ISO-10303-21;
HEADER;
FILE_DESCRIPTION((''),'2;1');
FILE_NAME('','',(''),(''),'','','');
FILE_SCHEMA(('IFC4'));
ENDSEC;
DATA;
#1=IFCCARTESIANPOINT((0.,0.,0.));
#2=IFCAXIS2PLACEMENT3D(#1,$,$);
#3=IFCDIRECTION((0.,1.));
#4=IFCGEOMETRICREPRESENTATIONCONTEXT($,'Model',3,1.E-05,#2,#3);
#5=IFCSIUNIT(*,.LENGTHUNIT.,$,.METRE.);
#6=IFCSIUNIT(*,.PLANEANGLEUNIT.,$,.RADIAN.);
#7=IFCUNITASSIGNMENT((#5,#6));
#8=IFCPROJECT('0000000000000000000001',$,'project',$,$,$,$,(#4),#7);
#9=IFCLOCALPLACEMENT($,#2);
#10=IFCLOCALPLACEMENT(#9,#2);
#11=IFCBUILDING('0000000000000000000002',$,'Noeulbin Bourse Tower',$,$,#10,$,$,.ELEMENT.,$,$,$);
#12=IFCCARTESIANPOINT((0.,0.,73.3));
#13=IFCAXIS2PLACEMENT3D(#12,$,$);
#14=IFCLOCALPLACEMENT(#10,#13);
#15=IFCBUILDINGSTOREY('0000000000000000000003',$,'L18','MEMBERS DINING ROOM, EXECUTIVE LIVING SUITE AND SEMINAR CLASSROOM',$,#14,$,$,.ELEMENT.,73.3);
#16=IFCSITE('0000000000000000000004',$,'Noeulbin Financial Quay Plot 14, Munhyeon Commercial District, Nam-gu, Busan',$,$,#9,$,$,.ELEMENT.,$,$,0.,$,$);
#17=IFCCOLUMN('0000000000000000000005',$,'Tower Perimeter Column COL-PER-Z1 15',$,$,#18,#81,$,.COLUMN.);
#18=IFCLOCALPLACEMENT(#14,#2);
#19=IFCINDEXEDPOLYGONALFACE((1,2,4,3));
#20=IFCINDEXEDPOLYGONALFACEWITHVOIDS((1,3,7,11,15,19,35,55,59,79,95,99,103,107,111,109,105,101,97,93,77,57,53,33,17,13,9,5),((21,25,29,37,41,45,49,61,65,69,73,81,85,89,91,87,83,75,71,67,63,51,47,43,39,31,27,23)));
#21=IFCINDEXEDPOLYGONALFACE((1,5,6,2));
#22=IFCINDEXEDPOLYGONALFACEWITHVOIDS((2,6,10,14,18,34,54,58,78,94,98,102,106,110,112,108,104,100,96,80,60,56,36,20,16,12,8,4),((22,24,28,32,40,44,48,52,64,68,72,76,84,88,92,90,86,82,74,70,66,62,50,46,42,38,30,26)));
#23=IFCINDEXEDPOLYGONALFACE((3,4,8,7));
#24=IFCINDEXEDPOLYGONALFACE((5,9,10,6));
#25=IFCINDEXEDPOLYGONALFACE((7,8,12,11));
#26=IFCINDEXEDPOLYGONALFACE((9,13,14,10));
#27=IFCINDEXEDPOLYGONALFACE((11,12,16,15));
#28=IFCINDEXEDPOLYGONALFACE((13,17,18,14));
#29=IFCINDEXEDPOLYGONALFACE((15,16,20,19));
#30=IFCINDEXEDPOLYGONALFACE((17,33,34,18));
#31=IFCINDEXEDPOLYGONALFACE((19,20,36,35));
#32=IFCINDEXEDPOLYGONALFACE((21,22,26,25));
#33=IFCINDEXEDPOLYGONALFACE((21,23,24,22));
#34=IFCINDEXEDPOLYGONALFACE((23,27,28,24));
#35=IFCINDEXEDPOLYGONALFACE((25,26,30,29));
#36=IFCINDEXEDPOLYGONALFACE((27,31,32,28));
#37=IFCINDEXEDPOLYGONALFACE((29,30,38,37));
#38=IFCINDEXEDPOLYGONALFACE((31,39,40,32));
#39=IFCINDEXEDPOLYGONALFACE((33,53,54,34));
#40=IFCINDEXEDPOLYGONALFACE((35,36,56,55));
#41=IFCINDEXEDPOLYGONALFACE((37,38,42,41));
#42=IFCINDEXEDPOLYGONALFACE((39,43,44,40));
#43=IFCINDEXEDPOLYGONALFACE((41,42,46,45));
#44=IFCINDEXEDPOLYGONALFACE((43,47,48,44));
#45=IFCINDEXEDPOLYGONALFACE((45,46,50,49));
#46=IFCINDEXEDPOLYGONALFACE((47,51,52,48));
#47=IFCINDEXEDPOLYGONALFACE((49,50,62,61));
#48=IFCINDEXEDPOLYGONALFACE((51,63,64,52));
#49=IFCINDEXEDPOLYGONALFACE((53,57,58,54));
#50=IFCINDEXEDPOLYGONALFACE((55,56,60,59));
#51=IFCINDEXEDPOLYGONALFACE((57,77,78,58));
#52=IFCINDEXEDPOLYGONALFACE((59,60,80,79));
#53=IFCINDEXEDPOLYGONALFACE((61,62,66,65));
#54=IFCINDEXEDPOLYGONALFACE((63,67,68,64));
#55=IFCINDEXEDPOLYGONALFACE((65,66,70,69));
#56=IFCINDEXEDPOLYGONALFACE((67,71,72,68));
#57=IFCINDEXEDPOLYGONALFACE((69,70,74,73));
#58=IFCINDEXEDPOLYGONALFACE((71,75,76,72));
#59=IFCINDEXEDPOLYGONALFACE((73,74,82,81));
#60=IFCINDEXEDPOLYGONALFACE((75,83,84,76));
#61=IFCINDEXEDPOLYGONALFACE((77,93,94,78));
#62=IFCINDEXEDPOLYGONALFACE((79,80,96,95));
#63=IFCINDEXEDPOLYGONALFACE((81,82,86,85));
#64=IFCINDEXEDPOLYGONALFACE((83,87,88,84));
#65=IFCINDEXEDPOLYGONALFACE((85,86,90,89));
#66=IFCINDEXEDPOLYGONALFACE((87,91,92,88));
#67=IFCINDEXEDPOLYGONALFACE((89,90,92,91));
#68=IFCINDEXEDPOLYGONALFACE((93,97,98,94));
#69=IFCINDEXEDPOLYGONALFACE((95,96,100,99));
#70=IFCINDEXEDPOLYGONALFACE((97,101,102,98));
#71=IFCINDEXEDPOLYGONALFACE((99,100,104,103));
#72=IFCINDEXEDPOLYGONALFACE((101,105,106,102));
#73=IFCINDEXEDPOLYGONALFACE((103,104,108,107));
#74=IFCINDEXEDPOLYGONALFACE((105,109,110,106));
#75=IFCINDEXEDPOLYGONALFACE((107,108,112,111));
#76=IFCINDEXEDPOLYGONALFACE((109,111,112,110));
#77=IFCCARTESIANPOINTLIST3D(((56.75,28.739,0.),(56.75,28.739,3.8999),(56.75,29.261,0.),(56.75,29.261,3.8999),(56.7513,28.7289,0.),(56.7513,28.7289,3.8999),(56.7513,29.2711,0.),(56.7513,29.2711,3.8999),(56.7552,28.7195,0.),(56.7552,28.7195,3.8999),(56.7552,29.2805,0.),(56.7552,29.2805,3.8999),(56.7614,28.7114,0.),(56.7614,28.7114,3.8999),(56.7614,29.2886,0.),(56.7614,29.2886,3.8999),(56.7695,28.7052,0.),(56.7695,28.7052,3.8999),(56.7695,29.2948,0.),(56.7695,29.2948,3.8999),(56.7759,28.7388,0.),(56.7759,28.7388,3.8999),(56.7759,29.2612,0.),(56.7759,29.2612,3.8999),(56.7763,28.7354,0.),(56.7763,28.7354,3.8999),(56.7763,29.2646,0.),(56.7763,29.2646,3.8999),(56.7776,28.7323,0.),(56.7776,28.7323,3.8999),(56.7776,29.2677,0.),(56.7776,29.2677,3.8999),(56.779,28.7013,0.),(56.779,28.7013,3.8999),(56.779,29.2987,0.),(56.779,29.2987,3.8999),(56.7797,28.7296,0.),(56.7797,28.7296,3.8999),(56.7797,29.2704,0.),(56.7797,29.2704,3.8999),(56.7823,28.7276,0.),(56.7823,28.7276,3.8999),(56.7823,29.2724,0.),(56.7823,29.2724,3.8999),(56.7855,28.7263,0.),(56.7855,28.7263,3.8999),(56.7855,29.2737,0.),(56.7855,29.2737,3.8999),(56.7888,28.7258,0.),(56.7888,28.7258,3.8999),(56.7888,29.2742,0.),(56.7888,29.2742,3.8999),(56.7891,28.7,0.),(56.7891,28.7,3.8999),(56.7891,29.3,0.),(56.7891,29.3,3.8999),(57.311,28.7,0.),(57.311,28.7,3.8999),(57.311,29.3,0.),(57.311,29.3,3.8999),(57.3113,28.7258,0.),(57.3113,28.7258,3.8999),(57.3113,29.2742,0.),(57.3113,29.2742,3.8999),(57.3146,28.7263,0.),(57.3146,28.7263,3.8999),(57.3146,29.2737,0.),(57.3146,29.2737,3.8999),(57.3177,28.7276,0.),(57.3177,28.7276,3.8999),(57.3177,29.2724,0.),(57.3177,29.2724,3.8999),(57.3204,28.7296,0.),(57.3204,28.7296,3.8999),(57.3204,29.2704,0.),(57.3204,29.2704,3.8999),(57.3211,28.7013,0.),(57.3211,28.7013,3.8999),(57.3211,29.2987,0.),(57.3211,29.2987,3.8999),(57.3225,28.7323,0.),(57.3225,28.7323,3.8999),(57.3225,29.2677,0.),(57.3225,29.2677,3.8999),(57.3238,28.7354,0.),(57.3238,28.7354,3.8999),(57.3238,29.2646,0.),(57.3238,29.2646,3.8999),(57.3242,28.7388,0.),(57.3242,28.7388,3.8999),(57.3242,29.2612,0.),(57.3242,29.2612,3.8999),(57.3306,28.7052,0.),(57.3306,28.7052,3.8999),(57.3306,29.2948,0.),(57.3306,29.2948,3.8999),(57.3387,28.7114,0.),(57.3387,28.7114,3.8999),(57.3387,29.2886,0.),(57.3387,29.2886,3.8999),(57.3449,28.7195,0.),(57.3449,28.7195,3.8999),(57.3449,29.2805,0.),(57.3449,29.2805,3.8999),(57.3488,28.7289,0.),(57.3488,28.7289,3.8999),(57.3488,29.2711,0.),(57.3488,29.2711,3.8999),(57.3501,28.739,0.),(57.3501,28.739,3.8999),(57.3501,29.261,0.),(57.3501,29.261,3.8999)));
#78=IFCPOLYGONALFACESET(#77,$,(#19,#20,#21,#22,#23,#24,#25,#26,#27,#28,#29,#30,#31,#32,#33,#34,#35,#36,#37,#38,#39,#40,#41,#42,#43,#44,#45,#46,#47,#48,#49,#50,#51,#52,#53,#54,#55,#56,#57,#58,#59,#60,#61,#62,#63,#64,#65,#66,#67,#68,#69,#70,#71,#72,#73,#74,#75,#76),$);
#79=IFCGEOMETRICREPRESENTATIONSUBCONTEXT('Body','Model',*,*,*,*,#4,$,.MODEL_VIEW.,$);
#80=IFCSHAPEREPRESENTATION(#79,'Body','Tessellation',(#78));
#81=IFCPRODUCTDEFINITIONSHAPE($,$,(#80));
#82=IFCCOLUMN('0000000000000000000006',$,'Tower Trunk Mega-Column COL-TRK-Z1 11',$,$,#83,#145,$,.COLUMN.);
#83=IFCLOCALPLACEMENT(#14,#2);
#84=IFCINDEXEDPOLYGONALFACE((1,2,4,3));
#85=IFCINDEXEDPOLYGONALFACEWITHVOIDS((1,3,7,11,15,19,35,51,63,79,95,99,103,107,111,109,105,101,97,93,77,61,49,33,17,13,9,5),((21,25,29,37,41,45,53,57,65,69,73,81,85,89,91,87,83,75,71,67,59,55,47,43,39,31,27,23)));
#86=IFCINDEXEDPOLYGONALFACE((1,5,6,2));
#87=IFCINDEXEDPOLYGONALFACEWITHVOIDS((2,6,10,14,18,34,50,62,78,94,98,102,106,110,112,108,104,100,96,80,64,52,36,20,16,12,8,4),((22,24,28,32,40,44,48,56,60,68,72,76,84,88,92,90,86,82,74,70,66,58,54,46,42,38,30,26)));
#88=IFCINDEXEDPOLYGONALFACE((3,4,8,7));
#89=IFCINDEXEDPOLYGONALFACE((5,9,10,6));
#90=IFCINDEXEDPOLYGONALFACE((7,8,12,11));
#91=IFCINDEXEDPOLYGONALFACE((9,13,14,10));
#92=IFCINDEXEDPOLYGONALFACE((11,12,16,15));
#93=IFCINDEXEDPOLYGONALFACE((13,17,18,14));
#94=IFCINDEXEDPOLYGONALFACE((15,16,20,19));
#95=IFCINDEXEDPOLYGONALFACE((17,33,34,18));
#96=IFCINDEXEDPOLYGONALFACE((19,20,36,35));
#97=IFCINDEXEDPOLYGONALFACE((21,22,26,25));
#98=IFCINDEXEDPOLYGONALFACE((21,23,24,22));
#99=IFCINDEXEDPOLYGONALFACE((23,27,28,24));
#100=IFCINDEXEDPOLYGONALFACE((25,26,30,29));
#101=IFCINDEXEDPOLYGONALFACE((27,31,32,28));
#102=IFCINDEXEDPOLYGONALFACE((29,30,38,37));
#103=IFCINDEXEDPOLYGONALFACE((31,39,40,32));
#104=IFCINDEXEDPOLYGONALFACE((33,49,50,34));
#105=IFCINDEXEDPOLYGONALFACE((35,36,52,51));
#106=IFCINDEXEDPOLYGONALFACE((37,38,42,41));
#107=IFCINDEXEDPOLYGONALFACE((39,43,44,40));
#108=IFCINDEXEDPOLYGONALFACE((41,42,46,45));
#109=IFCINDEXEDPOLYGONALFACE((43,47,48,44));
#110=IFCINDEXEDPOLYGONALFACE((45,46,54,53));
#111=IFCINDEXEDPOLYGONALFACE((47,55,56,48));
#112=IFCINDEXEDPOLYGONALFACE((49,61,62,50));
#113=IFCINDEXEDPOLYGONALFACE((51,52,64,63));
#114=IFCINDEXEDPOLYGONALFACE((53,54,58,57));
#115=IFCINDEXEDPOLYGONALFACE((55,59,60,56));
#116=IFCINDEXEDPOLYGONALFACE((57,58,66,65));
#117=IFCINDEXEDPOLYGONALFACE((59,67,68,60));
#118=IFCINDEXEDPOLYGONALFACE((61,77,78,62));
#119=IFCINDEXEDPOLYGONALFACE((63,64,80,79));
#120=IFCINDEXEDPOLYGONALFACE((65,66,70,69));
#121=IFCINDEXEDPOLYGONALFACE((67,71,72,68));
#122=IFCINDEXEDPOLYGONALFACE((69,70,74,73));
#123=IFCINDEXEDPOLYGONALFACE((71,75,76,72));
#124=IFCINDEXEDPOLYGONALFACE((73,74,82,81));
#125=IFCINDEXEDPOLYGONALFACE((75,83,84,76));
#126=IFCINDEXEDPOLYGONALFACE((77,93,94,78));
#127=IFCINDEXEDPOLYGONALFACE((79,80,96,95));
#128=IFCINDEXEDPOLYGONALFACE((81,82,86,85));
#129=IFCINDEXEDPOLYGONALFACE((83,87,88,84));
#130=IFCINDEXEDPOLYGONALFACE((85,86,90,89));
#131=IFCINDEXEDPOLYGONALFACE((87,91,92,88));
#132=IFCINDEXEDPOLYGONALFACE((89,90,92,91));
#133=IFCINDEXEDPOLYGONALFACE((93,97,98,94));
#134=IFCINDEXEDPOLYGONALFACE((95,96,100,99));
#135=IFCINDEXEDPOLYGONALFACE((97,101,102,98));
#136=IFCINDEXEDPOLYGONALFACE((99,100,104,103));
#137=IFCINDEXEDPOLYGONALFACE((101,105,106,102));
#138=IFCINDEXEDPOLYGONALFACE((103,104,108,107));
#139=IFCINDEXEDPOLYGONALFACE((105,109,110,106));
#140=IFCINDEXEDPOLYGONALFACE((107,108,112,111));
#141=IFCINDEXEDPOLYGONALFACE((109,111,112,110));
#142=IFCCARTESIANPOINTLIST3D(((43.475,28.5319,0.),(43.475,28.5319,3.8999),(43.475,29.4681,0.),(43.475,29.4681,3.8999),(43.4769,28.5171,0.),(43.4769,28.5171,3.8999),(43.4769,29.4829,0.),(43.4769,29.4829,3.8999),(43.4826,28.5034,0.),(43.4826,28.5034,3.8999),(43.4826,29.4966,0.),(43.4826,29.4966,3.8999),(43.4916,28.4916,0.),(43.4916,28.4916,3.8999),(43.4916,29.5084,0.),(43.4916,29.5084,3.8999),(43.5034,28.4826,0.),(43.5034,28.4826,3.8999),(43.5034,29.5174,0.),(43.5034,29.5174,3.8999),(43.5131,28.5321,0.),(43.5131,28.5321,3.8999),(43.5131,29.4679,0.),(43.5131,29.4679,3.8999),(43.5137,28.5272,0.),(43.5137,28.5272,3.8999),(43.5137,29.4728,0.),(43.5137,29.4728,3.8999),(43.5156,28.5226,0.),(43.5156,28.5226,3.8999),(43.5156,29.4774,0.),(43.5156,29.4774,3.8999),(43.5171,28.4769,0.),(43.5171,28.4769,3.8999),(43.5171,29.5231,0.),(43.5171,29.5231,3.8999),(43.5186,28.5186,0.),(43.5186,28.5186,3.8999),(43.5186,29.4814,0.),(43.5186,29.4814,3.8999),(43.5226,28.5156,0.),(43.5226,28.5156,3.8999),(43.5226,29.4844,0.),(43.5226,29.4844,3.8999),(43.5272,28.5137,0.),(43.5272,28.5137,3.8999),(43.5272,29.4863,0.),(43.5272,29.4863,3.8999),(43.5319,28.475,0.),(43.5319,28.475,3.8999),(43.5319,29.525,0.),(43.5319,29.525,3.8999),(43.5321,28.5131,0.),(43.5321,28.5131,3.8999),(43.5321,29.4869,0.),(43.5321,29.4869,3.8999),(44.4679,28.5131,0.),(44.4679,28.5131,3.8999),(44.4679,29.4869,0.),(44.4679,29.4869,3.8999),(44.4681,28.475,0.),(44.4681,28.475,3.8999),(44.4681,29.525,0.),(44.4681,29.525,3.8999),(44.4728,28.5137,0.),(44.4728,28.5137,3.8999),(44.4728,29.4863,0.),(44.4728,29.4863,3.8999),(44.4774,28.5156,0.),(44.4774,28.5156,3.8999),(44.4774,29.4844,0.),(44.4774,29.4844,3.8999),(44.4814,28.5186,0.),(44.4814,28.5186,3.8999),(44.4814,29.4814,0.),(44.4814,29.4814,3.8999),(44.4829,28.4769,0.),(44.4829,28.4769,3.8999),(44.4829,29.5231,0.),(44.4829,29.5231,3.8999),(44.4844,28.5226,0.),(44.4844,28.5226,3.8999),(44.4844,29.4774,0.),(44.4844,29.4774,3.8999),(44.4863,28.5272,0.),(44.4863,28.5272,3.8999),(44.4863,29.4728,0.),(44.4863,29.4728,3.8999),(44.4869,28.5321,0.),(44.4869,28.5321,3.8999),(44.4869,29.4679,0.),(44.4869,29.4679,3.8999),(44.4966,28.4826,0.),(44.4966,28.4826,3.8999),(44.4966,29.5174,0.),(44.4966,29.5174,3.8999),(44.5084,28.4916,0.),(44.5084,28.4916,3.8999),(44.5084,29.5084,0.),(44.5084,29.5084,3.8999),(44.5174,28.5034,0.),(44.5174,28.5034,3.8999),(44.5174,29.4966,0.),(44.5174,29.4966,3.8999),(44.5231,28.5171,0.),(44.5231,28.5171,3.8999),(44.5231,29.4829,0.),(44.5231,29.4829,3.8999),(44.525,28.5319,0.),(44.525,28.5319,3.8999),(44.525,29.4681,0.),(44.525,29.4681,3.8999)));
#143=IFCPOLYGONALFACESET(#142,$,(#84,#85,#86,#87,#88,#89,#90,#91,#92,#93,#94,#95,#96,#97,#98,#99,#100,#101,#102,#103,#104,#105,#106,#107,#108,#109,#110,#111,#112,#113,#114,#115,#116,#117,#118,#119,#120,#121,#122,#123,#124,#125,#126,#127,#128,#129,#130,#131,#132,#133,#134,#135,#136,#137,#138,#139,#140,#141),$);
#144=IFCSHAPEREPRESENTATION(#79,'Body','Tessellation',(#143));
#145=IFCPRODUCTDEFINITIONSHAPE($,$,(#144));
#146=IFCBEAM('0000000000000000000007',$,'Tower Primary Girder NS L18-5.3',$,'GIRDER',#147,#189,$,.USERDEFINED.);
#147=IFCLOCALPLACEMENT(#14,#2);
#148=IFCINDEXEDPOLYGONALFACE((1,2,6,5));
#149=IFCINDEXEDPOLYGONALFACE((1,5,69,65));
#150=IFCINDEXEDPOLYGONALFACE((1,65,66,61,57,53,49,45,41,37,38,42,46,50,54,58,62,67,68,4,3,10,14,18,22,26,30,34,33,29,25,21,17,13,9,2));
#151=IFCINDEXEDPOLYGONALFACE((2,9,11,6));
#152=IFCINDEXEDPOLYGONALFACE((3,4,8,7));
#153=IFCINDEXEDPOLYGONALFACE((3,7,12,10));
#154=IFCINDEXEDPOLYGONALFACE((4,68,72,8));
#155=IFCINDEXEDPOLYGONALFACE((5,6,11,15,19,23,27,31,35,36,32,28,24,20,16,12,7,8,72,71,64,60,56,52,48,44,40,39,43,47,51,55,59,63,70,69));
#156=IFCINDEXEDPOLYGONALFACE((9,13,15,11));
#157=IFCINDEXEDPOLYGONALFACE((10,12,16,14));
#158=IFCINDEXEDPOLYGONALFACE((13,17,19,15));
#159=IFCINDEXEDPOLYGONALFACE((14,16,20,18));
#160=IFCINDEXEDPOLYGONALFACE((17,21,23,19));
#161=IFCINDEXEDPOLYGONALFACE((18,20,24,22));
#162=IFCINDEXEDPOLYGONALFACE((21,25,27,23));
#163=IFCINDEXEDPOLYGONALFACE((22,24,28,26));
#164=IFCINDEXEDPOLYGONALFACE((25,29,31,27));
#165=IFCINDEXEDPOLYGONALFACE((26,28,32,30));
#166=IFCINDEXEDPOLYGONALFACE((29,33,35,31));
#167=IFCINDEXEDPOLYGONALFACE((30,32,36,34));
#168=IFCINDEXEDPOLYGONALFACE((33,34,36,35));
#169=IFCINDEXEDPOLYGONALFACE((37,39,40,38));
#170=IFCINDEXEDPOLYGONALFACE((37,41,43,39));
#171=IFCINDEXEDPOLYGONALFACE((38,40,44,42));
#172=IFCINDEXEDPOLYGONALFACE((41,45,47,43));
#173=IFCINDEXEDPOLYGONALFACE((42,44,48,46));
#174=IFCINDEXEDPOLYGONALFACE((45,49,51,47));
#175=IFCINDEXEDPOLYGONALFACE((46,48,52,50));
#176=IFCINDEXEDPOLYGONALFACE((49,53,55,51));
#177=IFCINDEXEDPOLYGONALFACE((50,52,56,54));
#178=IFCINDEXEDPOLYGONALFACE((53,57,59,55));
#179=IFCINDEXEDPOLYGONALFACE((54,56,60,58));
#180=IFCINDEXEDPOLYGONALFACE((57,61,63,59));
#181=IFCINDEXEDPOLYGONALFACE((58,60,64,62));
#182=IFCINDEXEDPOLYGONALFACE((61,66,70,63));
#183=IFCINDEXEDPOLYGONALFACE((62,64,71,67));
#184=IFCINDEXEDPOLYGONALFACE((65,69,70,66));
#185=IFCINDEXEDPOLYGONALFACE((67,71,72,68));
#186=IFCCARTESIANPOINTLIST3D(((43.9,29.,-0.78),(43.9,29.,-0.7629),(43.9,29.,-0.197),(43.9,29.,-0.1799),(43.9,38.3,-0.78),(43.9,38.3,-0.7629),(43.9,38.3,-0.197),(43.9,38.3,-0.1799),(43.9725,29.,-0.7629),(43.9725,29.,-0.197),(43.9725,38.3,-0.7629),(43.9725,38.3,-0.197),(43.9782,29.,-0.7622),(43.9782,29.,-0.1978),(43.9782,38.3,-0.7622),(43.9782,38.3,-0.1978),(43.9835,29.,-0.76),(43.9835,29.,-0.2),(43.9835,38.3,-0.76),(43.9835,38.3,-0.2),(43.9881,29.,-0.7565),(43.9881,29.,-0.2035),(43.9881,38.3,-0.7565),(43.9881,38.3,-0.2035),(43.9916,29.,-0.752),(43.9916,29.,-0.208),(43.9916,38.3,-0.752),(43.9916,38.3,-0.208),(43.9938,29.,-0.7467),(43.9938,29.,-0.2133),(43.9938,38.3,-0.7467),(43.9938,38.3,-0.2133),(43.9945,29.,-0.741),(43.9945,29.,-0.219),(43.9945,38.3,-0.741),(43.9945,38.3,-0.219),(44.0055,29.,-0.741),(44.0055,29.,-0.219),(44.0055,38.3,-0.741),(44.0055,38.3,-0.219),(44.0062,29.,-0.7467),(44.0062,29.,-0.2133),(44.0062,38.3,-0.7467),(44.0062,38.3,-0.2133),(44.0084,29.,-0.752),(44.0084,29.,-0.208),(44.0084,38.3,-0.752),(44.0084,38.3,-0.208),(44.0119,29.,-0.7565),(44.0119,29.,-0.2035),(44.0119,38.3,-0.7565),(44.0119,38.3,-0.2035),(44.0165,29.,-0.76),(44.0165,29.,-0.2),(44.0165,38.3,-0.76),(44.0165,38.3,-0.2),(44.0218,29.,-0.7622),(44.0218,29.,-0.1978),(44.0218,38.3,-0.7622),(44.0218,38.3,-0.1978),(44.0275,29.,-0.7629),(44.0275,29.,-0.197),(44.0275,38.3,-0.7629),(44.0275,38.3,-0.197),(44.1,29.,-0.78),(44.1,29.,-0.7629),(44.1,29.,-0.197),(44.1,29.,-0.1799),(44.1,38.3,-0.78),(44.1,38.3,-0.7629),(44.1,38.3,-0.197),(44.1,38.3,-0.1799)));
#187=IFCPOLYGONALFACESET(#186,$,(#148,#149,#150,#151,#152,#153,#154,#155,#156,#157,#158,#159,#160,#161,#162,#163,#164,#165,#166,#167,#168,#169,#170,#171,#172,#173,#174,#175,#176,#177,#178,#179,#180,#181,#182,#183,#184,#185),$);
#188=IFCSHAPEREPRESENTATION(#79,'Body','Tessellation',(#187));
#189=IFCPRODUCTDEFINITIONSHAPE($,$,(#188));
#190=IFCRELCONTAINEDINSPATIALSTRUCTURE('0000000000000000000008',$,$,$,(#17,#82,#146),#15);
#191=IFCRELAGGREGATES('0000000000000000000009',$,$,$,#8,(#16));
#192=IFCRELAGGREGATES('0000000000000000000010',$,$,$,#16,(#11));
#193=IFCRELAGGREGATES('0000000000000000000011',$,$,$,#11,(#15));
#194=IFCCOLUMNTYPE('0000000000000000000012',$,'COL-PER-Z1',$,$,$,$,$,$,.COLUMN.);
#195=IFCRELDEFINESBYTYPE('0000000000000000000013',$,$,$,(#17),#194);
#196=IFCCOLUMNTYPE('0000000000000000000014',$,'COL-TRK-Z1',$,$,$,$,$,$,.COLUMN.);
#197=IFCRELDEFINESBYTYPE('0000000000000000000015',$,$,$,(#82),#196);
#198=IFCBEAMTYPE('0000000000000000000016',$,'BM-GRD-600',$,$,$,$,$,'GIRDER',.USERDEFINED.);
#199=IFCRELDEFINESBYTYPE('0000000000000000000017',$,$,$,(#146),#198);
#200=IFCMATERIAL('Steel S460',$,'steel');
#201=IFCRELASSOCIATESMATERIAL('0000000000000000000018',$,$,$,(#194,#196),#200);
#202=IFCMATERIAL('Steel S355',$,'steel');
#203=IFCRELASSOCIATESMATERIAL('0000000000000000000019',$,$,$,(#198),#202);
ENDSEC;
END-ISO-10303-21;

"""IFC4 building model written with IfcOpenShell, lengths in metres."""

from ifc_helpers import new_model, si_unit, direction, frame, origin, origin_2d, place, context, subcontext, project, spatial, hollow_rectangle, i_section, extrude, material, material_profile, profile_set, type_object, element, save


model = new_model("IFC4")

# Units and contexts
model_context = context("Model", 3, precision=1e-05, world=origin(), true_north=direction((0.0, 1.0)))
body_context = subcontext(model_context, "Body", "Model", "MODEL_VIEW")
ifc_project = project(units=[si_unit("LENGTHUNIT", "METRE"), si_unit("PLANEANGLEUNIT", "RADIAN")], contexts=[model_context])

# Site, building, storey
site_placement = place(None, origin())
site = spatial("IfcSite", under=ifc_project, at=site_placement, Name="Noeulbin Financial Quay Plot 14, Munhyeon Commercial District, Nam-gu, Busan", CompositionType="ELEMENT", RefElevation=0.0)
building_placement = place(site_placement, origin())
building = spatial("IfcBuilding", under=site, at=building_placement, Name="Noeulbin Bourse Tower", CompositionType="ELEMENT")
storey_placement = place(building_placement, frame((0.0, 0.0, 73.3)))
storey = spatial("IfcBuildingStorey", under=building, at=storey_placement, Name="L18", Description="MEMBERS DINING ROOM, EXECUTIVE LIVING SUITE AND SEMINAR CLASSROOM", CompositionType="ELEMENT", Elevation=73.3)

# Columns
ifc_material_1 = material(Name="Steel S460", Category="steel")
ifc_material_profile_1 = material_profile(ifc_material_1, hollow_rectangle(XDim=0.6001, YDim=0.6001, WallThickness=0.0259, InnerFilletRadius=0.0129, OuterFilletRadius=0.0391, at=origin_2d()), Name="BOX-600x600x26", Category="LoadBearing")
ifc_profile_set_1 = profile_set([ifc_material_profile_1], Name="Steel S460")
column_type_1 = type_object("IfcColumnType", Name="COL-PER-Z1", PredefinedType="COLUMN", material=ifc_profile_set_1)
column_1_placement = place(storey_placement, frame((57.05, 29.0, 0.0), z_axis=(0.0, 0.0, 1.0), x_axis=(1.0, 0.0, 0.0)))
element("IfcColumn", 1, at=column_1_placement, inside=storey, type_object=column_type_1, Name="Tower Perimeter Column COL-PER-Z1 15", PredefinedType="COLUMN", context=body_context, shape_type="SweptSolid", body=[
    extrude(hollow_rectangle(XDim=0.6001, YDim=0.6001, WallThickness=0.0259, InnerFilletRadius=0.0129, OuterFilletRadius=0.0391, at=origin_2d()), origin(), (0.0, 0.0, 1.0), 3.8999),
])
ifc_material_profile_2 = material_profile(ifc_material_1, hollow_rectangle(XDim=1.05, YDim=1.05, WallThickness=0.0381, InnerFilletRadius=0.019, OuterFilletRadius=0.0569, at=origin_2d()), Name="BOX-1050x1050x38", Category="LoadBearing")
ifc_profile_set_2 = profile_set([ifc_material_profile_2], Name="Steel S460")
column_type_2 = type_object("IfcColumnType", Name="COL-TRK-Z1", PredefinedType="COLUMN", material=ifc_profile_set_2)
column_2_placement = place(storey_placement, frame((44.0, 29.0, 0.0), z_axis=(0.0, 0.0, 1.0), x_axis=(1.0, 0.0, 0.0)))
element("IfcColumn", 2, at=column_2_placement, inside=storey, type_object=column_type_2, Name="Tower Trunk Mega-Column COL-TRK-Z1 11", PredefinedType="COLUMN", context=body_context, shape_type="SweptSolid", body=[
    extrude(hollow_rectangle(XDim=1.05, YDim=1.05, WallThickness=0.0381, InnerFilletRadius=0.019, OuterFilletRadius=0.0569, at=origin_2d()), origin(), (0.0, 0.0, 1.0), 3.8999),
])

# Beam
ifc_material_2 = material(Name="Steel S355", Category="steel")
ifc_material_profile_3 = material_profile(ifc_material_2, i_section(OverallWidth=0.2, OverallDepth=0.6001, WebThickness=0.011, FlangeThickness=0.0171, FilletRadius=0.022, at=origin_2d()), Name="H-600x200x11x17", Category="LoadBearing")
ifc_profile_set_3 = profile_set([ifc_material_profile_3], Name="Steel S355")
beam_type_1 = type_object("IfcBeamType", Name="BM-GRD-600", ElementType="GIRDER", PredefinedType="USERDEFINED", material=ifc_profile_set_3)
beam_1_placement = place(storey_placement, frame((44.0, 29.0, -0.48), z_axis=(0.0, 1.0, 0.0), x_axis=(-1.0, 0.0, 0.0)))
element("IfcBeam", 3, at=beam_1_placement, inside=storey, type_object=beam_type_1, Name="Tower Primary Girder NS L18-5.3", ObjectType="GIRDER", PredefinedType="USERDEFINED", context=body_context, shape_type="SweptSolid", body=[
    extrude(i_section(OverallWidth=0.2, OverallDepth=0.6001, WebThickness=0.011, FlangeThickness=0.0171, FilletRadius=0.022, at=origin_2d()), origin(), (0.0, 0.0, 1.0), 9.3),
])

save(model, "model.ifc")
